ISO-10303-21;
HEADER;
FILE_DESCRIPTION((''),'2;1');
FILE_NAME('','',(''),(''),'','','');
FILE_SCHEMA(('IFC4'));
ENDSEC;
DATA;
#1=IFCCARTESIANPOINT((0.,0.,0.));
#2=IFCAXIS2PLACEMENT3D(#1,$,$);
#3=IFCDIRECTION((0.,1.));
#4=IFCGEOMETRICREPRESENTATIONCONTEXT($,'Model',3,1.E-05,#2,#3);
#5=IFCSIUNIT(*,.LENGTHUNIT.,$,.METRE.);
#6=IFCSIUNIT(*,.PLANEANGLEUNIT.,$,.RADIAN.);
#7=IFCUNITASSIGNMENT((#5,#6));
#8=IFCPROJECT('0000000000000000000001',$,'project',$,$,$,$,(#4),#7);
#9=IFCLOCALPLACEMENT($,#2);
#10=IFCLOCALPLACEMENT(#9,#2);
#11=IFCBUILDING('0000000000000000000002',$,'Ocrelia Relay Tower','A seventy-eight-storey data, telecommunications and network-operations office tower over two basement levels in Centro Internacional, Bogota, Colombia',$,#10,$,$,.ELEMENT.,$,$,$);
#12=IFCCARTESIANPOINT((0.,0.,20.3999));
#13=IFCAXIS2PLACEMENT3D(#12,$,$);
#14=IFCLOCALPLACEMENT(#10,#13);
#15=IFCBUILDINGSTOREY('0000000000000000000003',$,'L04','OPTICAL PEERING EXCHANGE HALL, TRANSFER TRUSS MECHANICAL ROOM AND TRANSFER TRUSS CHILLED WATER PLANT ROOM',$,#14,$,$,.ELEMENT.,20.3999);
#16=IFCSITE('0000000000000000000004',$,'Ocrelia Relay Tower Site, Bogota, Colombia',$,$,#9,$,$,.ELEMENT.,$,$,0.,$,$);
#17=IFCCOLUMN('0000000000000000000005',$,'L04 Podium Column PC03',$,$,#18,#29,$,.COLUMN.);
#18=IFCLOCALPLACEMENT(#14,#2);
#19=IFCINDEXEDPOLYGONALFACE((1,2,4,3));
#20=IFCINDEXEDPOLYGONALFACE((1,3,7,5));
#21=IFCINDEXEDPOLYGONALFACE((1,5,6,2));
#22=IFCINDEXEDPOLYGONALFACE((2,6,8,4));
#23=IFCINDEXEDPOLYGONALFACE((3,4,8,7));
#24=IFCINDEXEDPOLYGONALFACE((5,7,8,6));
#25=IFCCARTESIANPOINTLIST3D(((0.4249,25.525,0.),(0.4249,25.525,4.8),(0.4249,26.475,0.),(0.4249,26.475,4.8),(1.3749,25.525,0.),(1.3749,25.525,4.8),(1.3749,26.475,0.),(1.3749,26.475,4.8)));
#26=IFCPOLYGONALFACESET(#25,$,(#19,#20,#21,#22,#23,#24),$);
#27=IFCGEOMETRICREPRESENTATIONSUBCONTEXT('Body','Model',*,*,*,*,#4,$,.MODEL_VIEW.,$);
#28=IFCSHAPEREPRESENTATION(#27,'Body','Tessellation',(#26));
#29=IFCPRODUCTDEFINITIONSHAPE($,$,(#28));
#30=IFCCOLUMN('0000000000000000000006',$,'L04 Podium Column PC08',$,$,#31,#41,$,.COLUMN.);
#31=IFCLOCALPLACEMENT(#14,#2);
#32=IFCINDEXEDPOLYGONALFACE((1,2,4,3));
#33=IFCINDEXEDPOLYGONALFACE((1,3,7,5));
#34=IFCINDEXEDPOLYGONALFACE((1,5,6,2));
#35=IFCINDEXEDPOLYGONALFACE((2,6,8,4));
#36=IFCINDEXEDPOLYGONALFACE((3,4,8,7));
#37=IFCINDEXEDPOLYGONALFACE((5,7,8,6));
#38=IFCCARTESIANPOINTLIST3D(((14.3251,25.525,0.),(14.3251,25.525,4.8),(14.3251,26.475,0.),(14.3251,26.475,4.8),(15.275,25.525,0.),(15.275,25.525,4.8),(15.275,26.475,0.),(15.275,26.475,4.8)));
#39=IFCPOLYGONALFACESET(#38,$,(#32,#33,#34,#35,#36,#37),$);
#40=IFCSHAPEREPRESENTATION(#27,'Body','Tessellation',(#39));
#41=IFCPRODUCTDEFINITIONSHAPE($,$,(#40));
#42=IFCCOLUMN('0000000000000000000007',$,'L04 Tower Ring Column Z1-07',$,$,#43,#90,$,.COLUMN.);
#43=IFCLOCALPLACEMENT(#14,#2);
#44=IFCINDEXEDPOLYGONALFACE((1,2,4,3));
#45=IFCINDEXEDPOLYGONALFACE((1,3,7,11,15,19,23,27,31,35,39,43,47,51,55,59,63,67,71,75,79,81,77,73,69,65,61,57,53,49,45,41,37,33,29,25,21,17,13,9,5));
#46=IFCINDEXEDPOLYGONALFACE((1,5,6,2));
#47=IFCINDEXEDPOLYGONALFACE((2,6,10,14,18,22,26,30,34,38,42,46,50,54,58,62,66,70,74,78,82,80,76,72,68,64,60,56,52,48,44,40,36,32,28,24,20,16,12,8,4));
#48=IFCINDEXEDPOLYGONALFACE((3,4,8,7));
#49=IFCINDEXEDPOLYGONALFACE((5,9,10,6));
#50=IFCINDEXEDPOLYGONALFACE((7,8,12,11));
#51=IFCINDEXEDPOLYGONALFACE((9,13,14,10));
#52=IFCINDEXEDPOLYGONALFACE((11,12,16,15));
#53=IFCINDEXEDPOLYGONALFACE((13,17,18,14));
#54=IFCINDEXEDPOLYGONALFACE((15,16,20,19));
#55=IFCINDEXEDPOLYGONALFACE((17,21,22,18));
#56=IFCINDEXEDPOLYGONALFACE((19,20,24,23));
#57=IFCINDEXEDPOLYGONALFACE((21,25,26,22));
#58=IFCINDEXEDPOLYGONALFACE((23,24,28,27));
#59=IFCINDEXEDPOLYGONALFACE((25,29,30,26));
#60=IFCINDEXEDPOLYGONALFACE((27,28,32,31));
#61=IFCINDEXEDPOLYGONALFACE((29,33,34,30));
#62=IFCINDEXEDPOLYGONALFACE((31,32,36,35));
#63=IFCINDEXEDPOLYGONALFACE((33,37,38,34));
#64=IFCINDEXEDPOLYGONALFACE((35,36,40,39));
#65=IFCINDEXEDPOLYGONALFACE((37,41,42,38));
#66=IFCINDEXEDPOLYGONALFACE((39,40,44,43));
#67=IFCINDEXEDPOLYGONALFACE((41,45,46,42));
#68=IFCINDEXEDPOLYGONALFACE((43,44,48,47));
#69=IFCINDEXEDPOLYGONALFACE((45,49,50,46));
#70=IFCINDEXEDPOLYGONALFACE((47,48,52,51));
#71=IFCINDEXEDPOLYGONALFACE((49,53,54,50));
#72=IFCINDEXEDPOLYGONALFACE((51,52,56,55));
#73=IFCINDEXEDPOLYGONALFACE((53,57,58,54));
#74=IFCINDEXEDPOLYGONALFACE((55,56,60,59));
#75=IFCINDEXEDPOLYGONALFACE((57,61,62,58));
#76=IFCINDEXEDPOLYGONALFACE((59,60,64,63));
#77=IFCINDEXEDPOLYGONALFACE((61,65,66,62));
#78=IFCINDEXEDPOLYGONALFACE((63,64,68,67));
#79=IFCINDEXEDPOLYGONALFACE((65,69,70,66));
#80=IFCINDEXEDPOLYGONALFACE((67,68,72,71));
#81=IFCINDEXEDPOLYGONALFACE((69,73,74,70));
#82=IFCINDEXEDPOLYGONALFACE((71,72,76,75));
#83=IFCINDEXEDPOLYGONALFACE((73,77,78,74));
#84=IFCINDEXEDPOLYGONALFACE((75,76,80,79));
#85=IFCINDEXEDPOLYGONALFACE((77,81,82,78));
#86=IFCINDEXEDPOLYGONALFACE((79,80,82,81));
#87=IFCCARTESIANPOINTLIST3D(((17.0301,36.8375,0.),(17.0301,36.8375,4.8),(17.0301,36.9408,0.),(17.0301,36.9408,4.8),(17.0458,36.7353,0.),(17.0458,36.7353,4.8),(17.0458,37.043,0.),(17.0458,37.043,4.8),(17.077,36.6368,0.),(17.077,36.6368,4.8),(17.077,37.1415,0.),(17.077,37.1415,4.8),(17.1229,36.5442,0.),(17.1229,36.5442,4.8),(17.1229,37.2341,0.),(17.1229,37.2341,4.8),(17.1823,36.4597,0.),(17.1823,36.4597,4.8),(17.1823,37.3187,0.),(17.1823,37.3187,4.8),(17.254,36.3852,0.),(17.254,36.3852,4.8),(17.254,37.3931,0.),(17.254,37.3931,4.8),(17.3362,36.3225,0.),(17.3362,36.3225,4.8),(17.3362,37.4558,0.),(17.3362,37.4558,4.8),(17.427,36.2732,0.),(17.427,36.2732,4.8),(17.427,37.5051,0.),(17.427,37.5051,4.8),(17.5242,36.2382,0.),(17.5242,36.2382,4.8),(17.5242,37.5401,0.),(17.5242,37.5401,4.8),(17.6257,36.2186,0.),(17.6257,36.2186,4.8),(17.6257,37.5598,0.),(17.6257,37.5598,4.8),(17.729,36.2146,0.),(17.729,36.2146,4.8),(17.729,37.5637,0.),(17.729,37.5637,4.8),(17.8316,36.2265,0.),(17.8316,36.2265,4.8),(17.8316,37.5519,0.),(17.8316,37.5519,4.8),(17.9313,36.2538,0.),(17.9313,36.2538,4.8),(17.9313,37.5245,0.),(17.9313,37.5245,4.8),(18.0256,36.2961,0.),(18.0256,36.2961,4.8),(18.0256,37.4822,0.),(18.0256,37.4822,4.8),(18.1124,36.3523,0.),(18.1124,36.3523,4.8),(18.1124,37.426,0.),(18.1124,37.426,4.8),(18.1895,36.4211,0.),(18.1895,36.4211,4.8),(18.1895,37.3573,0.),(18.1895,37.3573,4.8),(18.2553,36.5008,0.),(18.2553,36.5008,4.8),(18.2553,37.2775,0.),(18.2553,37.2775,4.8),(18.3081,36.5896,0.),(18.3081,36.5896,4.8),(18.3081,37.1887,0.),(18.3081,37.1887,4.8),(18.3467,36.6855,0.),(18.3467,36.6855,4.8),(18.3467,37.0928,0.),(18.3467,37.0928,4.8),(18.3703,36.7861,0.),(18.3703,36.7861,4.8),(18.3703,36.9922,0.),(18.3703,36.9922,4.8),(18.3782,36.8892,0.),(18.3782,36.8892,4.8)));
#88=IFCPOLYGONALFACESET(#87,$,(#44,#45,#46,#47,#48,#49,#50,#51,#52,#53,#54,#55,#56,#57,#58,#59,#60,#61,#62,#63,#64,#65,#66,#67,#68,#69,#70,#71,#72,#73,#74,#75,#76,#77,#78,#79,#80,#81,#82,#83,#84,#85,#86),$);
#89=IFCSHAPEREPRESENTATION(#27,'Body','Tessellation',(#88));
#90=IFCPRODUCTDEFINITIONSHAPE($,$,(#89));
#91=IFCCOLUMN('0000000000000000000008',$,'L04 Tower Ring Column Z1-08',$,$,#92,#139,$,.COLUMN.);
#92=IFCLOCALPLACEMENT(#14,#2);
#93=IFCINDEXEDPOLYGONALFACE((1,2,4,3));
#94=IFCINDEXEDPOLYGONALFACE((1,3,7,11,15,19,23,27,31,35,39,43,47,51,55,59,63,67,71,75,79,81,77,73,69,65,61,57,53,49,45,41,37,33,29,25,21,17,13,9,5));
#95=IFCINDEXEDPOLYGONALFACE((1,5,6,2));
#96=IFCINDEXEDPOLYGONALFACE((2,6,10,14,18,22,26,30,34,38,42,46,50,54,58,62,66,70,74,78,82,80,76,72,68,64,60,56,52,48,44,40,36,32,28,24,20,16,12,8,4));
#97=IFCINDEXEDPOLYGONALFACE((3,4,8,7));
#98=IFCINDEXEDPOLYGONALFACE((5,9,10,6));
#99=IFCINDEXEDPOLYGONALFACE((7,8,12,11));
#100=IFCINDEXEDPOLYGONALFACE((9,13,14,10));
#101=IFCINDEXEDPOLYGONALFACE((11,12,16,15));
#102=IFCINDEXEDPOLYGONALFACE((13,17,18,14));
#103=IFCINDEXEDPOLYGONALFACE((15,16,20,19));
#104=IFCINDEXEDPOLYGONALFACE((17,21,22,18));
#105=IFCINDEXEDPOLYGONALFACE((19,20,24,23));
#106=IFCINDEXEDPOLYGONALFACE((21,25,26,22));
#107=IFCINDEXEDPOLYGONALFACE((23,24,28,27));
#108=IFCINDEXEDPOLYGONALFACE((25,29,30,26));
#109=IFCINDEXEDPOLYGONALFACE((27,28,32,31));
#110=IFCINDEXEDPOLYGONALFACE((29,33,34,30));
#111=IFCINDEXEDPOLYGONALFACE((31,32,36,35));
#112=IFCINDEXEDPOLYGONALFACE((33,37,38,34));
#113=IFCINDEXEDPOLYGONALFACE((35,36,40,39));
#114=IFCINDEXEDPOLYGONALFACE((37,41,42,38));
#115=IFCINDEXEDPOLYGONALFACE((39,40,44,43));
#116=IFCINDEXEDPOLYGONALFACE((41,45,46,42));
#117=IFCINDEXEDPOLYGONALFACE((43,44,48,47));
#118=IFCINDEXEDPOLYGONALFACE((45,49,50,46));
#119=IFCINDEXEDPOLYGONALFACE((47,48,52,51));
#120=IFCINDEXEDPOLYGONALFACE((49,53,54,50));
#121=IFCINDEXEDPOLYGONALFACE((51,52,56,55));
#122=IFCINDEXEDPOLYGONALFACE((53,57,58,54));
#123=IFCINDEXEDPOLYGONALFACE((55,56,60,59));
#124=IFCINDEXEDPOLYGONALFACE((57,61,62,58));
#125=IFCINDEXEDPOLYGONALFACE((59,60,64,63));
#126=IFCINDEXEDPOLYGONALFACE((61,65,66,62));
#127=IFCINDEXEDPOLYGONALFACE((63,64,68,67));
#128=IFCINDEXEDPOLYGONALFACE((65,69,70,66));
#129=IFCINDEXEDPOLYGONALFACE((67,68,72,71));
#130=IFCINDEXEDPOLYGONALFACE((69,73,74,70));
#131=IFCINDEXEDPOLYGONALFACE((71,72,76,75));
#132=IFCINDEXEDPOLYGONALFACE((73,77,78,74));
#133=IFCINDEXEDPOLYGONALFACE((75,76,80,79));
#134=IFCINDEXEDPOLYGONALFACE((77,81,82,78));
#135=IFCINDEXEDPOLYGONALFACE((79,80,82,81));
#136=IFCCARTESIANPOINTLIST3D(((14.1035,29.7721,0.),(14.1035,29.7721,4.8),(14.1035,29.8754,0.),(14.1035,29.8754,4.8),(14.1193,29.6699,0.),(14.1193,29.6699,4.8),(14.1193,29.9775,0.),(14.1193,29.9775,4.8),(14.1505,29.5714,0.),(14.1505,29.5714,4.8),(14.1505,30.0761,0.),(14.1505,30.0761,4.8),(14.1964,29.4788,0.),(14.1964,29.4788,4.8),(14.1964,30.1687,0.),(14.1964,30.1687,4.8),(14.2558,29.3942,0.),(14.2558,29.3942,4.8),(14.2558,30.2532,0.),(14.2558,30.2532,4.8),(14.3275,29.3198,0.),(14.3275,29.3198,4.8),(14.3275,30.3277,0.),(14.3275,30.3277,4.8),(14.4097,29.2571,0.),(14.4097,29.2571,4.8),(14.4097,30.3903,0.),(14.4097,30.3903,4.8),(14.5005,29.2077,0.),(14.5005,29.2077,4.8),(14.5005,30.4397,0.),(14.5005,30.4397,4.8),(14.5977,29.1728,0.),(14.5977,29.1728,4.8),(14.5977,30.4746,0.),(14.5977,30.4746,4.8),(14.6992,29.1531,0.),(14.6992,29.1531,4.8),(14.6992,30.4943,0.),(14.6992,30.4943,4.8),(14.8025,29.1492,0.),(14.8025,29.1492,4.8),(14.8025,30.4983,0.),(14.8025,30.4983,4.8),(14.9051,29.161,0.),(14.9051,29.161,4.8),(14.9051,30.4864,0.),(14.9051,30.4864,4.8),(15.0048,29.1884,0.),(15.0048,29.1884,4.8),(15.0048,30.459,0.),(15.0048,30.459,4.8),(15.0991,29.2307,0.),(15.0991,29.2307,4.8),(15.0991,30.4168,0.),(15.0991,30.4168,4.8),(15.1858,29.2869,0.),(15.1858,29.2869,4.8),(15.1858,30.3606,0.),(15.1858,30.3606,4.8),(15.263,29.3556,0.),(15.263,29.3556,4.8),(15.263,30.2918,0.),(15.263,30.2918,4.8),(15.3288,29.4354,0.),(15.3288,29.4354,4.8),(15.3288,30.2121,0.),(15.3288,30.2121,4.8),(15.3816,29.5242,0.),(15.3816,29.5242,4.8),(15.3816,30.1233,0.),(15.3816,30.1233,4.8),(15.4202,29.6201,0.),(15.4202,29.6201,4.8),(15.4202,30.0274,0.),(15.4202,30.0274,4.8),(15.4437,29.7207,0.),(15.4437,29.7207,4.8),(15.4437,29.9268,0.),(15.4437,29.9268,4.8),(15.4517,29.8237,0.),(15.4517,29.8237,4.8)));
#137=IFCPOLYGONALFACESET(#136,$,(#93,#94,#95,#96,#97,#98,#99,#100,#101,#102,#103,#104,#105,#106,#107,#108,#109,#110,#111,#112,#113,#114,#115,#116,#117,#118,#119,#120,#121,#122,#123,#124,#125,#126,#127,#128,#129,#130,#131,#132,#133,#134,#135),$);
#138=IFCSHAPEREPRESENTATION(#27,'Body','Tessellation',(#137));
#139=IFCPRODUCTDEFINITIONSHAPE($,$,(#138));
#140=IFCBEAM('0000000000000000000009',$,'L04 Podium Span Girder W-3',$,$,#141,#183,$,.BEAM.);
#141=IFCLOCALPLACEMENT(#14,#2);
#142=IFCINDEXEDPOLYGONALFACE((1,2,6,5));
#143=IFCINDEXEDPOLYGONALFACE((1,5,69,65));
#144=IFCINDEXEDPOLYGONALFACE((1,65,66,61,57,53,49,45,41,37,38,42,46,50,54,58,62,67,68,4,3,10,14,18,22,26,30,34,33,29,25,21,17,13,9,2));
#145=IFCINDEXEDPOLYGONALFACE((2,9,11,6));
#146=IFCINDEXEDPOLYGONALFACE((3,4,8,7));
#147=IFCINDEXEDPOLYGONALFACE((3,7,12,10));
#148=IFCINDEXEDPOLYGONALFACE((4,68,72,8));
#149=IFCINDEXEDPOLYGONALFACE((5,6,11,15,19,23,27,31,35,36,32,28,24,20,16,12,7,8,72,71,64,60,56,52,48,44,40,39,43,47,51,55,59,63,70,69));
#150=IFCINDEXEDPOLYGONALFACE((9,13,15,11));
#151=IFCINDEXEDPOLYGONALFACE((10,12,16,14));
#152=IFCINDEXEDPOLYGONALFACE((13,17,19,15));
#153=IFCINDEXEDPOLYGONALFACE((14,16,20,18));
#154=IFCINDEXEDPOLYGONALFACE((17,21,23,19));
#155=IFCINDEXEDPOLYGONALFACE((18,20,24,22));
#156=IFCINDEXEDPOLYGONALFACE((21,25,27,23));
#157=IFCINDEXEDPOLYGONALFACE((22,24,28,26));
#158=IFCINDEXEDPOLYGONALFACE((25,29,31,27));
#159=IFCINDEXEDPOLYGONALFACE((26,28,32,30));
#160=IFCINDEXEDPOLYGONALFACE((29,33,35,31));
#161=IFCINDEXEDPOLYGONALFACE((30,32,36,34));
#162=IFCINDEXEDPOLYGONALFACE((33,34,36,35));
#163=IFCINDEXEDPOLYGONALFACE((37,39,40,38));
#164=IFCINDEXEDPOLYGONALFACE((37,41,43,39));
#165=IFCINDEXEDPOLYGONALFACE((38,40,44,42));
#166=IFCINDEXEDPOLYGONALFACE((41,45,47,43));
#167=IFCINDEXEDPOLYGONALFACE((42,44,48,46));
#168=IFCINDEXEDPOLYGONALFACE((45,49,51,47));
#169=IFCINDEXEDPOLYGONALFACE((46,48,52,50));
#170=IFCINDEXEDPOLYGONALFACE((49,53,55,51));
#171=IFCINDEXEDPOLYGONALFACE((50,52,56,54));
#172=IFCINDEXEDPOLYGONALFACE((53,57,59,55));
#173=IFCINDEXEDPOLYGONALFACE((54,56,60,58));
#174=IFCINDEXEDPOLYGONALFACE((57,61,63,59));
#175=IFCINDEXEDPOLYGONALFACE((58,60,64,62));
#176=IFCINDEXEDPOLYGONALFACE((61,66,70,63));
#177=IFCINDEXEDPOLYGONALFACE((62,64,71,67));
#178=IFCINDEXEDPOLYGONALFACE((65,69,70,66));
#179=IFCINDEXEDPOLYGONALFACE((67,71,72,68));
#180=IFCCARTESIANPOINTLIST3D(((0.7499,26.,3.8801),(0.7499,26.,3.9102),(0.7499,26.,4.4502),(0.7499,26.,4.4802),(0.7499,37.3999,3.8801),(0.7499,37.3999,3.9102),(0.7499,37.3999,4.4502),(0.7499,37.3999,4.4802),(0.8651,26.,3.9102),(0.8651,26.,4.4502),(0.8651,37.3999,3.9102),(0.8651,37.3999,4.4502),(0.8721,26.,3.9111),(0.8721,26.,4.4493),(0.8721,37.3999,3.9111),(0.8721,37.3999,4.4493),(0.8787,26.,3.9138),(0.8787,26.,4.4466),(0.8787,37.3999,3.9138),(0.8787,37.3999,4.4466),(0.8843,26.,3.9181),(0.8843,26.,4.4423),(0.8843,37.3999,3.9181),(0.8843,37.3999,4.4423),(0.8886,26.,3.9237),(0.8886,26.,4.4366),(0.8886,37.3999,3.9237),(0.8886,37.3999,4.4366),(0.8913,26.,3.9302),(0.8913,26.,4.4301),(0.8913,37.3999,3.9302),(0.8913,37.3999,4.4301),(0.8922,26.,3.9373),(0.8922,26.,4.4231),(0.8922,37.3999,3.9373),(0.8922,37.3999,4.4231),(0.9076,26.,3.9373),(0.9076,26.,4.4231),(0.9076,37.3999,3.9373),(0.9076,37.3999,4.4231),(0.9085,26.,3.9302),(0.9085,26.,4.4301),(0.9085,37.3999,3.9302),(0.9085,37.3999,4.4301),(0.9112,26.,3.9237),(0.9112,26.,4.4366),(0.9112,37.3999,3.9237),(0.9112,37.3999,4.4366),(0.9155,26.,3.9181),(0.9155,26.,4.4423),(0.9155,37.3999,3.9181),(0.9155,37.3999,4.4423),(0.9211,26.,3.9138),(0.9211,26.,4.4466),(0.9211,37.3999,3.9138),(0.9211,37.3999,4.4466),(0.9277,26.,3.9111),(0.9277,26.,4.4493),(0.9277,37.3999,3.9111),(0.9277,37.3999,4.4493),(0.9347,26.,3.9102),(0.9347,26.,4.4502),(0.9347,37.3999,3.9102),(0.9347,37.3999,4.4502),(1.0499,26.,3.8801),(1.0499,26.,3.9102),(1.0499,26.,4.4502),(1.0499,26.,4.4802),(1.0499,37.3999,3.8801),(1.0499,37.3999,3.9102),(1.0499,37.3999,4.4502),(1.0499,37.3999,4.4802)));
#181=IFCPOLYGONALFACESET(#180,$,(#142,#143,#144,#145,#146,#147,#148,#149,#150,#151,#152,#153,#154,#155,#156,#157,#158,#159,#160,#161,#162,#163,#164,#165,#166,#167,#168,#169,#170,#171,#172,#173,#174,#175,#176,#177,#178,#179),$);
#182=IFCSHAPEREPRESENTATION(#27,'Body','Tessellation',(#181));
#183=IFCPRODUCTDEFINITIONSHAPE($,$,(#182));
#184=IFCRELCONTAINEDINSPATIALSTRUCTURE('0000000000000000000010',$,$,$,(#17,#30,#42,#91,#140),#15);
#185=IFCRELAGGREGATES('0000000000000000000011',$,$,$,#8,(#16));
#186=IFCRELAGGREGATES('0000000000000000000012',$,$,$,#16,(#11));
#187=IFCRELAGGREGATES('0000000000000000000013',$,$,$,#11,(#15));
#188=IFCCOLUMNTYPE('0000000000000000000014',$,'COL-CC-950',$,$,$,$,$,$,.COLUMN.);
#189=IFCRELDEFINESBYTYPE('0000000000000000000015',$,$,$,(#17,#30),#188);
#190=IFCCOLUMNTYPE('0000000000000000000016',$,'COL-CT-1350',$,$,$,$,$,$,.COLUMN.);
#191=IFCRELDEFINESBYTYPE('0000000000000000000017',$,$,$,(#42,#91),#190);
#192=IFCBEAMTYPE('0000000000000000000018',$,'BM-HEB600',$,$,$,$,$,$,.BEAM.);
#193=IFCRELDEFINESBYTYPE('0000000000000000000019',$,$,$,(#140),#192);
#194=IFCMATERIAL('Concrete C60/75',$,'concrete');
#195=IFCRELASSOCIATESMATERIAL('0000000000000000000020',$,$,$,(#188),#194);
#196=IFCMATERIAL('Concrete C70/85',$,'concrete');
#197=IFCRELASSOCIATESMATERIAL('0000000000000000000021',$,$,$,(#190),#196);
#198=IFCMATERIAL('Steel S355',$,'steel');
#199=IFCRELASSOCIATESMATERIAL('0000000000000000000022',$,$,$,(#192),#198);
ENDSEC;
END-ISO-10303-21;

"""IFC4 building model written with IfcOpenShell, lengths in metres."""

from ifc_helpers import new_model, si_unit, direction, frame, origin, origin_2d, place, context, subcontext, project, spatial, rectangle, circle, i_section, extrude, material, material_profile, profile_set, type_object, element, save


model = new_model("IFC4")

# Units and contexts
model_context = context("Model", 3, precision=1e-05, world=origin(), true_north=direction((0.0, 1.0)))
body_context = subcontext(model_context, "Body", "Model", "MODEL_VIEW")
ifc_project = project(units=[si_unit("LENGTHUNIT", "METRE"), si_unit("PLANEANGLEUNIT", "RADIAN")], contexts=[model_context])

# Site, building, storey
site_placement = place(None, origin())
site = spatial("IfcSite", under=ifc_project, at=site_placement, Name="Ocrelia Relay Tower Site, Bogota, Colombia", CompositionType="ELEMENT", RefElevation=0.0)
building_placement = place(site_placement, origin())
building = spatial("IfcBuilding", under=site, at=building_placement, Name="Ocrelia Relay Tower", Description="A seventy-eight-storey data, telecommunications and network-operations office tower over two basement levels in Centro Internacional, Bogota, Colombia", CompositionType="ELEMENT")
storey_placement = place(building_placement, frame((0.0, 0.0, 20.3999)))
storey = spatial("IfcBuildingStorey", under=building, at=storey_placement, Name="L04", Description="OPTICAL PEERING EXCHANGE HALL, TRANSFER TRUSS MECHANICAL ROOM AND TRANSFER TRUSS CHILLED WATER PLANT ROOM", CompositionType="ELEMENT", Elevation=20.3999)

# Columns
ifc_material_1 = material(Name="Concrete C60/75", Category="concrete")
ifc_material_profile_1 = material_profile(ifc_material_1, rectangle(XDim=0.95, YDim=0.95, at=origin_2d()), Name="RC-COL-950x950")
ifc_profile_set_1 = profile_set([ifc_material_profile_1], Name="Concrete C60/75")
column_type_1 = type_object("IfcColumnType", Name="COL-CC-950", PredefinedType="COLUMN", material=ifc_profile_set_1)
for number, where, z_axis, x_axis, name in (
    (1, (0.8999, 26.0, 0.0), (0.0, 0.0, 1.0), (1.0, 0.0, 0.0), "L04 Podium Column PC03"),
    (2, (14.8, 26.0, 0.0), (0.0, 0.0, 1.0), (1.0, 0.0, 0.0), "L04 Podium Column PC08"),
):
    element("IfcColumn", number, at=place(storey_placement, frame(where, z_axis=z_axis, x_axis=x_axis)), inside=storey, type_object=column_type_1, Name=name, PredefinedType="COLUMN", context=body_context, shape_type="SweptSolid", body=[
        extrude(rectangle(XDim=0.95, YDim=0.95, at=origin_2d()), origin(), (0.0, 0.0, 1.0), 4.8),
    ])
ifc_material_2 = material(Name="Concrete C70/85", Category="concrete")
ifc_material_profile_2 = material_profile(ifc_material_2, circle(Radius=0.675, at=origin_2d()), Name="RC-CIR-1350")
ifc_profile_set_2 = profile_set([ifc_material_profile_2], Name="Concrete C70/85")
column_type_2 = type_object("IfcColumnType", Name="COL-CT-1350", PredefinedType="COLUMN", material=ifc_profile_set_2)
for number, where, z_axis, x_axis, name in (
    (3, (17.7031, 36.8892, 0.0), (0.0, 0.0, 1.0), (1.0, 0.0, 0.0), "L04 Tower Ring Column Z1-07"),
    (4, (14.7766, 29.8237, 0.0), (0.0, 0.0, 1.0), (1.0, 0.0, 0.0), "L04 Tower Ring Column Z1-08"),
):
    element("IfcColumn", number, at=place(storey_placement, frame(where, z_axis=z_axis, x_axis=x_axis)), inside=storey, type_object=column_type_2, Name=name, PredefinedType="COLUMN", context=body_context, shape_type="SweptSolid", body=[
        extrude(circle(Radius=0.675, at=origin_2d()), origin(), (0.0, 0.0, 1.0), 4.8),
    ])

# Beam
ifc_material_3 = material(Name="Steel S355", Category="steel")
ifc_material_profile_3 = material_profile(ifc_material_3, i_section(OverallWidth=0.3, OverallDepth=0.6001, WebThickness=0.0154, FlangeThickness=0.03, FilletRadius=0.0271, at=origin_2d()), Name="HEB 600")
ifc_profile_set_3 = profile_set([ifc_material_profile_3], Name="Steel S355")
beam_type_1 = type_object("IfcBeamType", Name="BM-HEB600", PredefinedType="BEAM", material=ifc_profile_set_3)
for number, where, z_axis, x_axis, name in (
    (5, (0.8999, 26.0, 4.1802), (0.0, 1.0, 0.0), (-1.0, 0.0, 0.0), "L04 Podium Span Girder W-3"),
):
    element("IfcBeam", number, at=place(storey_placement, frame(where, z_axis=z_axis, x_axis=x_axis)), inside=storey, type_object=beam_type_1, Name=name, PredefinedType="BEAM", context=body_context, shape_type="SweptSolid", body=[
        extrude(i_section(OverallWidth=0.3, OverallDepth=0.6001, WebThickness=0.0154, FlangeThickness=0.03, FilletRadius=0.0271, at=origin_2d()), origin(), (0.0, 0.0, 1.0), 11.3999),
    ])

save(model, "model.ifc")
